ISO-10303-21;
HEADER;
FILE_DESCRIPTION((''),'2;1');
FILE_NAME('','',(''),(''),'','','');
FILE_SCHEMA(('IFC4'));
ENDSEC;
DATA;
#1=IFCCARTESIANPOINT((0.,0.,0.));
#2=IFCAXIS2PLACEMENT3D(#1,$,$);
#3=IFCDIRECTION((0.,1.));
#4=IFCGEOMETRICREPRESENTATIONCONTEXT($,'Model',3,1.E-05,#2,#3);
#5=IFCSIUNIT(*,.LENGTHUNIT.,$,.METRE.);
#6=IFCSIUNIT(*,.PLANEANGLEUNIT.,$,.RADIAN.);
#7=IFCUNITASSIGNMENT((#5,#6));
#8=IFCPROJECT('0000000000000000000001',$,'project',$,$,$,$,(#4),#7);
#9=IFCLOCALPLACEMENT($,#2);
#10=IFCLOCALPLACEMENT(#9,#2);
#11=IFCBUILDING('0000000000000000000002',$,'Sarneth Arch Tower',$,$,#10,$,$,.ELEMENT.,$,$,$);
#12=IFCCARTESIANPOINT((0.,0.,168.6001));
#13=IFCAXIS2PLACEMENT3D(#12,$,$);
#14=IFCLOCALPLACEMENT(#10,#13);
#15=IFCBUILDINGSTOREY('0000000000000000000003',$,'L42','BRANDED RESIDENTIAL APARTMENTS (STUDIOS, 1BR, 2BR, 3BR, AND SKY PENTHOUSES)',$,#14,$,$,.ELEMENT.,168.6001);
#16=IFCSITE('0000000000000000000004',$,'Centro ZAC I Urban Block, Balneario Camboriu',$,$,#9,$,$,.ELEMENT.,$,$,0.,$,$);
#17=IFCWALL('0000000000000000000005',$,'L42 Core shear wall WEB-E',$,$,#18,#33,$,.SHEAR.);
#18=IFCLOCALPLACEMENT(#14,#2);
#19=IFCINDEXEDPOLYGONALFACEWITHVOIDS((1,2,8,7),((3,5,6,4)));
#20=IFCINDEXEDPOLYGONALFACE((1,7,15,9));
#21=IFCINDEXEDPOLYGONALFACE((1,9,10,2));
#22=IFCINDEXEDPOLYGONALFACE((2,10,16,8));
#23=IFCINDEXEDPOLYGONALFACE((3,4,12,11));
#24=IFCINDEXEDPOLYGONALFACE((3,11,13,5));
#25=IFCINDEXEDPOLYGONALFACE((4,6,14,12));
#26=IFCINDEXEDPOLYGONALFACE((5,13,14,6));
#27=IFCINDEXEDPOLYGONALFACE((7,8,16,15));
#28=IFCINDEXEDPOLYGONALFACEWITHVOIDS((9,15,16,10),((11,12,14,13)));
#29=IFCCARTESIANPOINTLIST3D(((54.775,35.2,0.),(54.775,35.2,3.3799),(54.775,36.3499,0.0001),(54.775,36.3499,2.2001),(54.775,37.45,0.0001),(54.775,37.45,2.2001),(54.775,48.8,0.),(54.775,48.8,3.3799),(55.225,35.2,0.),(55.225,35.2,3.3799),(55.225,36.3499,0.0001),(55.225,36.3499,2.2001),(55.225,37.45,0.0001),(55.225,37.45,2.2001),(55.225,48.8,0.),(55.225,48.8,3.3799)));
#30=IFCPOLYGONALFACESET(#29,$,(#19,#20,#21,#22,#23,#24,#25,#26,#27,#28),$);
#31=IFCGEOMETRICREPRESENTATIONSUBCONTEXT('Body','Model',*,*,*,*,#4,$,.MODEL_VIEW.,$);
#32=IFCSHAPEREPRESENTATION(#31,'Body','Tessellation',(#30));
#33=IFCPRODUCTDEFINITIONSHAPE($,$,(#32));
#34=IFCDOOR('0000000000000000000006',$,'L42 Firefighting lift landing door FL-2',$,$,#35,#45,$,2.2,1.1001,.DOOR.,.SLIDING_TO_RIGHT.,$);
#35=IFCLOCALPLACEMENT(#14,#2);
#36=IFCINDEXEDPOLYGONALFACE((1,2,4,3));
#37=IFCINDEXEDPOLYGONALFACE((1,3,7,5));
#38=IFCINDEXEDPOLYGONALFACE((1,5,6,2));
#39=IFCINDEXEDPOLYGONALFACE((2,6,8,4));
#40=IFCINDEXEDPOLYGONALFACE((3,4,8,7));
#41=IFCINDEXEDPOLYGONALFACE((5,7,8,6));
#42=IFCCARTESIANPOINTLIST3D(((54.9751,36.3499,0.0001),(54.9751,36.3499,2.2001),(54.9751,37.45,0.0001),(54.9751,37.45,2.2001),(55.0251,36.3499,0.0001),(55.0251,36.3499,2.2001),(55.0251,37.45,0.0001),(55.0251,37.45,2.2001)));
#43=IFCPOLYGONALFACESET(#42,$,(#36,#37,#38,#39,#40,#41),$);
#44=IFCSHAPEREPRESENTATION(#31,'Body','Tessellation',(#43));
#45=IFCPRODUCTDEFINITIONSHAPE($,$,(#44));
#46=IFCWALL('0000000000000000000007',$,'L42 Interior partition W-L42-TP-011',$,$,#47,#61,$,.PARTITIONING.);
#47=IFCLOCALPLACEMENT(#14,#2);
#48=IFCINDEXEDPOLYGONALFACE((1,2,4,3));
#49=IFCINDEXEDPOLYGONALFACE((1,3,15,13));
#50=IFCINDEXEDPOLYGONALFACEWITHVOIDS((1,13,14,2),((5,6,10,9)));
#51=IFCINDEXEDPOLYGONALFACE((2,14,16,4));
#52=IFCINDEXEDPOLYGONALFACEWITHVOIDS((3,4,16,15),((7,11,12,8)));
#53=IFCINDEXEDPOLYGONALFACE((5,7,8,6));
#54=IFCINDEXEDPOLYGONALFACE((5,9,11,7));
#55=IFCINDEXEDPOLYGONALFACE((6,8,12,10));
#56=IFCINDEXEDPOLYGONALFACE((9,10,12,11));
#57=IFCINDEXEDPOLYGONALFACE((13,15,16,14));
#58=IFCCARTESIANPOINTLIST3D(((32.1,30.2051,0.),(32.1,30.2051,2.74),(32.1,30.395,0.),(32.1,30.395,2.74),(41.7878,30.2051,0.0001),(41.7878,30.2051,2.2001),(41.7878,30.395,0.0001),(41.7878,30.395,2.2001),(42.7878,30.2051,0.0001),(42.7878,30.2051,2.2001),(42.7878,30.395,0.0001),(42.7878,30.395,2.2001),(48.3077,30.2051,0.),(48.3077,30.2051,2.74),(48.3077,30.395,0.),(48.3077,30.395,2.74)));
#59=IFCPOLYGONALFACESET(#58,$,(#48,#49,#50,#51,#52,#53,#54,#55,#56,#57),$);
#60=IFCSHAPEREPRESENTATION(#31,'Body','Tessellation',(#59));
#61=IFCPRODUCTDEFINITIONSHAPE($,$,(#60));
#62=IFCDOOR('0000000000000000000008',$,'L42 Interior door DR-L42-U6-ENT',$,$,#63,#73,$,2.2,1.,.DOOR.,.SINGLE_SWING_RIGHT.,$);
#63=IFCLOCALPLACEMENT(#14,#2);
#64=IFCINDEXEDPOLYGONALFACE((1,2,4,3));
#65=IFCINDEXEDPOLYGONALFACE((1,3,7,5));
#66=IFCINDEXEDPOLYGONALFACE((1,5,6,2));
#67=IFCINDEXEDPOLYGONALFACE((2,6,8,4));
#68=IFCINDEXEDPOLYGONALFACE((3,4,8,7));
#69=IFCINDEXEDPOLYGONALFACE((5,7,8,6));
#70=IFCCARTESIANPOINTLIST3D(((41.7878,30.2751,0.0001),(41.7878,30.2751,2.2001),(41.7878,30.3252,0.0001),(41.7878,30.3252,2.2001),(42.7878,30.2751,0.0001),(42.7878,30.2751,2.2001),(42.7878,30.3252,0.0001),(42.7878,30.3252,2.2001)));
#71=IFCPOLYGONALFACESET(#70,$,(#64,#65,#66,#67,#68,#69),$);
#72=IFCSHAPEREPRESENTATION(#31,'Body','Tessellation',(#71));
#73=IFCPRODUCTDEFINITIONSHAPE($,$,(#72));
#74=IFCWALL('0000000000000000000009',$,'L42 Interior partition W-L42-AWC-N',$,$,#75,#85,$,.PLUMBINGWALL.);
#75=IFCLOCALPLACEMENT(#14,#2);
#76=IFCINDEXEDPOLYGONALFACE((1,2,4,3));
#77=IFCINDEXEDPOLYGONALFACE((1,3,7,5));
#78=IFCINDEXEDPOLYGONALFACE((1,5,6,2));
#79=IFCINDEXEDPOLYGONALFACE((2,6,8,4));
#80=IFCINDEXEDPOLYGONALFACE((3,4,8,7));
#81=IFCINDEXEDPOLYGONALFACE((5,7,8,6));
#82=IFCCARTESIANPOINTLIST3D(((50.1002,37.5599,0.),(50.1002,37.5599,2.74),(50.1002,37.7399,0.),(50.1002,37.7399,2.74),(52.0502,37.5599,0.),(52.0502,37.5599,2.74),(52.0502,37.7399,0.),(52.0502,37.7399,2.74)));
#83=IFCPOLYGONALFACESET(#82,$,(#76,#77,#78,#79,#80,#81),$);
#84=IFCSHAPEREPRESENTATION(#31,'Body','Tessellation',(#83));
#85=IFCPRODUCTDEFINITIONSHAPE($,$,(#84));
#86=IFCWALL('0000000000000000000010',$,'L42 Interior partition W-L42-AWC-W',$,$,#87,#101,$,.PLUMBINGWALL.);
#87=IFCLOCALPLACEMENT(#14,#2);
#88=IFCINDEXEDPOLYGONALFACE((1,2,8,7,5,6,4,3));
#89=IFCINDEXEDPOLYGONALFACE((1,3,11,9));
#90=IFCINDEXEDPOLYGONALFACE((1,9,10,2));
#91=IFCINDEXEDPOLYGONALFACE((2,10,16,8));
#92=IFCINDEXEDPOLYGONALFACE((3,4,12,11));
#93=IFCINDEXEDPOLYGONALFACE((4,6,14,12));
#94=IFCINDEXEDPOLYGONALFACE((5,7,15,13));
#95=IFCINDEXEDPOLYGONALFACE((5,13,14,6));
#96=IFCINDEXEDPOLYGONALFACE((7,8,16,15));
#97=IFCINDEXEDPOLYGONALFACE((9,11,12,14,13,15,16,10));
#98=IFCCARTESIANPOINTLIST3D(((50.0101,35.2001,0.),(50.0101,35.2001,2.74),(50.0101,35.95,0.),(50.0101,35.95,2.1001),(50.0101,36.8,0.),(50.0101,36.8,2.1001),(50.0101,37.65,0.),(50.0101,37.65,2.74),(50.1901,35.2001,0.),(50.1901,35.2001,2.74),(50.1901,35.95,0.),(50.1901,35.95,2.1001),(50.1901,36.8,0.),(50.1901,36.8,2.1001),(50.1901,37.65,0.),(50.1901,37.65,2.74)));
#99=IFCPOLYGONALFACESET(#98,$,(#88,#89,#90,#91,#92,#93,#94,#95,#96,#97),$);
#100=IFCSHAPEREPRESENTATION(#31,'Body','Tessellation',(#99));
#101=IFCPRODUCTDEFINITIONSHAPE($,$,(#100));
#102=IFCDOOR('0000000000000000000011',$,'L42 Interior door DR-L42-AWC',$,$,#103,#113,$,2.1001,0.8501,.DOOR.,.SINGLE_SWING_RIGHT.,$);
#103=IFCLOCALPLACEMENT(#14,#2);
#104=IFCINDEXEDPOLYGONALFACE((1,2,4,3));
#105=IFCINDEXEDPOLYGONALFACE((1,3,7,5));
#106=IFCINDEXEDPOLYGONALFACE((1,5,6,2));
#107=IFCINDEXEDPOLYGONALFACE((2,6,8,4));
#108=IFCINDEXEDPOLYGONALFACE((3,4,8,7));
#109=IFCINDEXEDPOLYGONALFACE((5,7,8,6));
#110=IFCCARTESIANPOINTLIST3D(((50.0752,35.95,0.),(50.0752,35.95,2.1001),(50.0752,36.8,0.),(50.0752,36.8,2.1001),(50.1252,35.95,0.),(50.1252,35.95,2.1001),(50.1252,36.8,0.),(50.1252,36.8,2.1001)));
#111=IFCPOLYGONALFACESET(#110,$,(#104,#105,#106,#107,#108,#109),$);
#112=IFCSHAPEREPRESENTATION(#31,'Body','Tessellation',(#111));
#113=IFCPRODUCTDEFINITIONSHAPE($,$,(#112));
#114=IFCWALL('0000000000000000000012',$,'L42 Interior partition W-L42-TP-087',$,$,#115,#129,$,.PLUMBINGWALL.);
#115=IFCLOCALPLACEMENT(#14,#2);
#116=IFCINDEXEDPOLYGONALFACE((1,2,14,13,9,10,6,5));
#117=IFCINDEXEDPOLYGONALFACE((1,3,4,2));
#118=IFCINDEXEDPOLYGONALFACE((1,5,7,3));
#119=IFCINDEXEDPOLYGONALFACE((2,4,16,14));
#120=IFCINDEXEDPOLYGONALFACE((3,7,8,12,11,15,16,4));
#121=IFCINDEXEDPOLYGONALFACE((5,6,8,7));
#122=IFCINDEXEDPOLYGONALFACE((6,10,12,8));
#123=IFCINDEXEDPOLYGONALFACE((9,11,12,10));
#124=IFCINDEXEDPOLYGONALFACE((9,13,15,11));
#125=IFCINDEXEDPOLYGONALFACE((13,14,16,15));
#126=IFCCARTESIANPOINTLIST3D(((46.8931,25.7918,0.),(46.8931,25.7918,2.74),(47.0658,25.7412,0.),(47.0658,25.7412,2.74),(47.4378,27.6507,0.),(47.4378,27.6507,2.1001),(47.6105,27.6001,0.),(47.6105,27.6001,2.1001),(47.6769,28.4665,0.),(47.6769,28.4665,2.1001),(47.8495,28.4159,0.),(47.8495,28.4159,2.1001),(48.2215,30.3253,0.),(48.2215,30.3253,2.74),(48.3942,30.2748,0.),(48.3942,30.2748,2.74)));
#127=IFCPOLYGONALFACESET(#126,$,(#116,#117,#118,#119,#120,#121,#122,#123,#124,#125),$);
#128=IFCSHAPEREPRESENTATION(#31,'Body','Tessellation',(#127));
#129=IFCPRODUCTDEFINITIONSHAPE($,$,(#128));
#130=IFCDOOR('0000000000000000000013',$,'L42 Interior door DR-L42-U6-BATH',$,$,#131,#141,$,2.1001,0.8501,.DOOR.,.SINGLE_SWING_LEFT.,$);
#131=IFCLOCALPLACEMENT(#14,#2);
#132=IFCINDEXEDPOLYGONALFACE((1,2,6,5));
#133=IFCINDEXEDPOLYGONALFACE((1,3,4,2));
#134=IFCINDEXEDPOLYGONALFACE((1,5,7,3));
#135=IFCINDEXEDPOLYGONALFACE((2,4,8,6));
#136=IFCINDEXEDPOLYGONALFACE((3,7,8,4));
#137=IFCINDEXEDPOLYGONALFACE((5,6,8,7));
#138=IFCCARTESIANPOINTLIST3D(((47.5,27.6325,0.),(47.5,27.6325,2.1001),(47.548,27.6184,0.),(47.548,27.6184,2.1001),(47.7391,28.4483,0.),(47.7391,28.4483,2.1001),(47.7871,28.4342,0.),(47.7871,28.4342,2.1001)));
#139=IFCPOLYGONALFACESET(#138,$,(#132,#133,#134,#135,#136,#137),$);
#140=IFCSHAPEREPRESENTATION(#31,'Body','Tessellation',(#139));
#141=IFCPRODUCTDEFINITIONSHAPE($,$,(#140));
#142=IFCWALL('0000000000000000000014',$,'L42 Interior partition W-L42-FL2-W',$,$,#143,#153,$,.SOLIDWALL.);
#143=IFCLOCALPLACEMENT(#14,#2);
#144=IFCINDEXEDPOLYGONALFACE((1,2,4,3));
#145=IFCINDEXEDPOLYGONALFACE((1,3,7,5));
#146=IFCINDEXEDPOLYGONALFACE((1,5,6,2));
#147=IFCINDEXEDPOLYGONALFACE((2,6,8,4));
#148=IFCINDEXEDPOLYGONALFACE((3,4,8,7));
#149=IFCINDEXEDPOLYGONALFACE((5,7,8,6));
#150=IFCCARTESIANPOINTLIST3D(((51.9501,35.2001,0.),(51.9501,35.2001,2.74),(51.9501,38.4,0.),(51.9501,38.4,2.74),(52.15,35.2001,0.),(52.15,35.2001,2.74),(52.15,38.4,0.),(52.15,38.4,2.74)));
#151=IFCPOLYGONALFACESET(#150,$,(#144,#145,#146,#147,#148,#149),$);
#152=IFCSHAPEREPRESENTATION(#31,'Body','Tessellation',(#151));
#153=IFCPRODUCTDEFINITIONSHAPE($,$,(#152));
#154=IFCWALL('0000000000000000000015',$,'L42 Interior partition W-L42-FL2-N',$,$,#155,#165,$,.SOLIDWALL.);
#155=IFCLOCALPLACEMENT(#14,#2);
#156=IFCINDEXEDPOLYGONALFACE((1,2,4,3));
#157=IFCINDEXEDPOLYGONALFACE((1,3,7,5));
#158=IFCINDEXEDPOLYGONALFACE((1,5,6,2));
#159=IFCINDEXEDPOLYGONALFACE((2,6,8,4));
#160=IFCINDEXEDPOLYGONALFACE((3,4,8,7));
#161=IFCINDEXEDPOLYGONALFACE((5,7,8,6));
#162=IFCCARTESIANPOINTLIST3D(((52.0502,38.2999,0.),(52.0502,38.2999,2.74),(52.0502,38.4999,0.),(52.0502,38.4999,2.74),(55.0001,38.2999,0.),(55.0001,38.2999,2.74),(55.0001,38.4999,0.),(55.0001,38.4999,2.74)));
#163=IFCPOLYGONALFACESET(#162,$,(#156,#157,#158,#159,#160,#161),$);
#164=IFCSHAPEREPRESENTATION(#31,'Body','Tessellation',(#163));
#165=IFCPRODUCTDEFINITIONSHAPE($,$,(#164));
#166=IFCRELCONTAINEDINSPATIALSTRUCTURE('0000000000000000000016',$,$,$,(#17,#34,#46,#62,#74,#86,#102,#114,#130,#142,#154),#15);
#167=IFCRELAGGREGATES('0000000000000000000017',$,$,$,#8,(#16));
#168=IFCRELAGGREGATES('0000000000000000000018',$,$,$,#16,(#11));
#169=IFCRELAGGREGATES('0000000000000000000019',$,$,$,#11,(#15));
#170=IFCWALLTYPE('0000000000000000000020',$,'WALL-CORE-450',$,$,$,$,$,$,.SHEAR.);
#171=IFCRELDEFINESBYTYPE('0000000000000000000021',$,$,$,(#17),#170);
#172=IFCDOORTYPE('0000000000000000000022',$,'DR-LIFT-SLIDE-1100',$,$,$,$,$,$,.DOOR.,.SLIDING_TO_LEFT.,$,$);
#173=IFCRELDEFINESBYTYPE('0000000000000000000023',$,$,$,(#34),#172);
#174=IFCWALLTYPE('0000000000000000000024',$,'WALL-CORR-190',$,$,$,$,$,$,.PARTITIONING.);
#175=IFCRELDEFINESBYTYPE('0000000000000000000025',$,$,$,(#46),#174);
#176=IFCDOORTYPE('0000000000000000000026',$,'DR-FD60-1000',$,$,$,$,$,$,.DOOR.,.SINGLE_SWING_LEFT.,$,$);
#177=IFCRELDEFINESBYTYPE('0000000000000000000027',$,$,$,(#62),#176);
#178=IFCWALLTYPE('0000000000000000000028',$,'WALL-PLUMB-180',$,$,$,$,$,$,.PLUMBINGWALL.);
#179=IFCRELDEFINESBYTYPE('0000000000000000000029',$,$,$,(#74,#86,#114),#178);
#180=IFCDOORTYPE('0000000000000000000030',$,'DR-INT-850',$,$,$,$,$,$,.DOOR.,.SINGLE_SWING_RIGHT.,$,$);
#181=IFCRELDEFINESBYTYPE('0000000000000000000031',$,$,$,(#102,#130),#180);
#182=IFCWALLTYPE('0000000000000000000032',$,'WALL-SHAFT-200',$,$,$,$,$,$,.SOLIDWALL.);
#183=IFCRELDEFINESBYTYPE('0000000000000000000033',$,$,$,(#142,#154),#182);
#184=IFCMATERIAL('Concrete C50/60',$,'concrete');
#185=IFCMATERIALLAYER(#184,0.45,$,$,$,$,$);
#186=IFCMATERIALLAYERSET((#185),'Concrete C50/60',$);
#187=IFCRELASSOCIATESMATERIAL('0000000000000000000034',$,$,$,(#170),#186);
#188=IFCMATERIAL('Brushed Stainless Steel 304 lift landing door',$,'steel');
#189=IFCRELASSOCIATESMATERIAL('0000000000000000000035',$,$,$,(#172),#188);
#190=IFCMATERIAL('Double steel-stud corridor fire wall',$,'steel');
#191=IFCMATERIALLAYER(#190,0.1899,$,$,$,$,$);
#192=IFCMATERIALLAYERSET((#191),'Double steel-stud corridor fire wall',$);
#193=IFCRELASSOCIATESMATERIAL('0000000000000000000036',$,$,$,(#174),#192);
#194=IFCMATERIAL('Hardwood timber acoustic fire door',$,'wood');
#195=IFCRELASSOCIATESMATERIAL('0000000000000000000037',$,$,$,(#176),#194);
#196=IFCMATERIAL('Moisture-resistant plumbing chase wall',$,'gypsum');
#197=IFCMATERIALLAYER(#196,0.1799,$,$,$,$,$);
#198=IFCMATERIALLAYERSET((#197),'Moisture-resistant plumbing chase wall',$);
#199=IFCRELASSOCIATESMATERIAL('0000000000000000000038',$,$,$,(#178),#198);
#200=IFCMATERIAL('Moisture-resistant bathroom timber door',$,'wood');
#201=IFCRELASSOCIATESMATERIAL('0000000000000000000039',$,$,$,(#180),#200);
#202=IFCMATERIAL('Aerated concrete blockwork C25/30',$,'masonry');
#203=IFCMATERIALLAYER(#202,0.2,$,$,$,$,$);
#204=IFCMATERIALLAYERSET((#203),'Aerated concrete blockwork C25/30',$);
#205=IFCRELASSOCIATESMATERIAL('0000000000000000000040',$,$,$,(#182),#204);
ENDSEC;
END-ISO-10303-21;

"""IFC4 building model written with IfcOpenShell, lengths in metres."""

from ifc_helpers import new_model, si_unit, direction, frame, frame_2d, origin, place, context, subcontext, project, spatial, rectangle, extrude, material, layer, layer_set, type_object, element, fill, save


model = new_model("IFC4")

# Units and contexts
model_context = context("Model", 3, precision=1e-05, world=origin(), true_north=direction((0.0, 1.0)))
body_context = subcontext(model_context, "Body", "Model", "MODEL_VIEW")
ifc_project = project(units=[si_unit("LENGTHUNIT", "METRE"), si_unit("PLANEANGLEUNIT", "RADIAN")], contexts=[model_context])

# Site, building, storey
site_placement = place(None, origin())
site = spatial("IfcSite", under=ifc_project, at=site_placement, Name="Centro ZAC I Urban Block, Balneario Camboriu", CompositionType="ELEMENT", RefElevation=0.0)
building_placement = place(site_placement, origin())
building = spatial("IfcBuilding", under=site, at=building_placement, Name="Sarneth Arch Tower", CompositionType="ELEMENT")
storey_placement = place(building_placement, frame((0.0, 0.0, 168.6001)))
storey = spatial("IfcBuildingStorey", under=building, at=storey_placement, Name="L42", Description="BRANDED RESIDENTIAL APARTMENTS (STUDIOS, 1BR, 2BR, 3BR, AND SKY PENTHOUSES)", CompositionType="ELEMENT", Elevation=168.6001)

# Shared definitions
ifc_material_1 = material(Name="Concrete C50/60", Category="concrete")
ifc_layer_1 = layer(ifc_material_1, 0.45)
ifc_layer_set_1 = layer_set([ifc_layer_1], Name="Concrete C50/60")
wall_type_1 = type_object("IfcWallType", Name="WALL-CORE-450", PredefinedType="SHEAR", material=ifc_layer_set_1)

# Walls, openings, doors
wall_1_placement = place(storey_placement, frame((55.0, 35.2, 0.0), z_axis=(0.0, 0.0, 1.0), x_axis=(0.0, 1.0, 0.0)))
wall_1 = element("IfcWall", 1, at=wall_1_placement, inside=storey, type_object=wall_type_1, Name="L42 Core shear wall WEB-E", PredefinedType="SHEAR", context=body_context, shape_type="SweptSolid", body=[
    extrude(rectangle(XDim=13.6001, YDim=0.45, at=frame_2d((6.8, 0.0))), origin(), (0.0, 0.0, 1.0), 3.3799),
])
opening_1_placement = place(wall_1_placement, frame((1.1499, 0.0, 0.0)))
opening_1 = element("IfcOpeningElement", 2, at=opening_1_placement, cuts=wall_1, PredefinedType="OPENING", context=body_context, shape_type="SweptSolid", body=[
    extrude(rectangle(XDim=1.1001, YDim=2.2, at=frame_2d((0.55, 1.1001))), frame((0.0, 0.2349, 0.0), z_axis=(0.0, -1.0, 0.0), x_axis=(1.0, 0.0, 0.0)), (0.0, 0.0, 1.0), 0.47),
])
ifc_material_2 = material(Name="Brushed Stainless Steel 304 lift landing door", Category="steel")
door_type_1 = type_object("IfcDoorType", Name="DR-LIFT-SLIDE-1100", OperationType="SLIDING_TO_LEFT", PredefinedType="DOOR", material=ifc_material_2)
door_1_placement = place(opening_1_placement, origin())
door_1 = element("IfcDoor", 3, at=door_1_placement, inside=storey, type_object=door_type_1, Name="L42 Firefighting lift landing door FL-2", OperationType="SLIDING_TO_RIGHT", OverallHeight=2.2, OverallWidth=1.1001, PredefinedType="DOOR", context=body_context, shape_type="SweptSolid", body=[
    extrude(rectangle(XDim=1.1001, YDim=2.2, at=frame_2d((0.55, 1.1001))), frame((0.0, 0.0249, 0.0), z_axis=(0.0, -1.0, 0.0), x_axis=(1.0, 0.0, 0.0)), (0.0, 0.0, 1.0), 0.05),
])
fill(opening_1, door_1)
ifc_material_3 = material(Name="Double steel-stud corridor fire wall", Category="steel")
ifc_layer_2 = layer(ifc_material_3, 0.1899)
ifc_layer_set_2 = layer_set([ifc_layer_2], Name="Double steel-stud corridor fire wall")
wall_type_2 = type_object("IfcWallType", Name="WALL-CORR-190", PredefinedType="PARTITIONING", material=ifc_layer_set_2)
wall_2_placement = place(storey_placement, frame((48.3079, 30.3, 0.0), z_axis=(0.0, 0.0, 1.0), x_axis=(-1.0, 0.0, 0.0)))
wall_2 = element("IfcWall", 4, at=wall_2_placement, inside=storey, type_object=wall_type_2, Name="L42 Interior partition W-L42-TP-011", PredefinedType="PARTITIONING", context=body_context, shape_type="SweptSolid", body=[
    extrude(rectangle(XDim=16.2078, YDim=0.1899, at=frame_2d((8.104, 0.0))), origin(), (0.0, 0.0, 1.0), 2.74),
])
opening_2_placement = place(wall_2_placement, frame((5.52, 0.0, 0.0)))
opening_2 = element("IfcOpeningElement", 5, at=opening_2_placement, cuts=wall_2, PredefinedType="OPENING", context=body_context, shape_type="SweptSolid", body=[
    extrude(rectangle(XDim=1.0, YDim=2.2, at=frame_2d((0.5, 1.1001))), frame((0.0, 0.105, 0.0), z_axis=(0.0, -1.0, 0.0), x_axis=(1.0, 0.0, 0.0)), (0.0, 0.0, 1.0), 0.21),
])
ifc_material_4 = material(Name="Hardwood timber acoustic fire door", Category="wood")
door_type_2 = type_object("IfcDoorType", Name="DR-FD60-1000", OperationType="SINGLE_SWING_LEFT", PredefinedType="DOOR", material=ifc_material_4)
door_2_placement = place(opening_2_placement, origin())
door_2 = element("IfcDoor", 6, at=door_2_placement, inside=storey, type_object=door_type_2, Name="L42 Interior door DR-L42-U6-ENT", OperationType="SINGLE_SWING_RIGHT", OverallHeight=2.2, OverallWidth=1.0, PredefinedType="DOOR", context=body_context, shape_type="SweptSolid", body=[
    extrude(rectangle(XDim=1.0, YDim=2.2, at=frame_2d((0.5, 1.1001))), frame((0.0, 0.0249, 0.0), z_axis=(0.0, -1.0, 0.0), x_axis=(1.0, 0.0, 0.0)), (0.0, 0.0, 1.0), 0.05),
])
fill(opening_2, door_2)

# Wall
ifc_material_5 = material(Name="Moisture-resistant plumbing chase wall", Category="gypsum")
ifc_layer_3 = layer(ifc_material_5, 0.1799)
ifc_layer_set_3 = layer_set([ifc_layer_3], Name="Moisture-resistant plumbing chase wall")
wall_type_3 = type_object("IfcWallType", Name="WALL-PLUMB-180", PredefinedType="PLUMBINGWALL", material=ifc_layer_set_3)
wall_3_placement = place(storey_placement, frame((50.1001, 37.6499, 0.0), z_axis=(0.0, 0.0, 1.0), x_axis=(1.0, 0.0, 0.0)))
element("IfcWall", 7, at=wall_3_placement, inside=storey, type_object=wall_type_3, Name="L42 Interior partition W-L42-AWC-N", PredefinedType="PLUMBINGWALL", context=body_context, shape_type="SweptSolid", body=[
    extrude(rectangle(XDim=1.95, YDim=0.1799, at=frame_2d((0.9751, 0.0))), origin(), (0.0, 0.0, 1.0), 2.74),
])

# Walls, openings, doors
wall_4_placement = place(storey_placement, frame((50.1001, 35.2, 0.0), z_axis=(0.0, 0.0, 1.0), x_axis=(0.0, 1.0, 0.0)))
wall_4 = element("IfcWall", 8, at=wall_4_placement, inside=storey, type_object=wall_type_3, Name="L42 Interior partition W-L42-AWC-W", PredefinedType="PLUMBINGWALL", context=body_context, shape_type="SweptSolid", body=[
    extrude(rectangle(XDim=2.45, YDim=0.1799, at=frame_2d((1.2251, 0.0))), origin(), (0.0, 0.0, 1.0), 2.74),
])
opening_3_placement = place(wall_4_placement, frame((0.75, 0.0, 0.0)))
opening_3 = element("IfcOpeningElement", 9, at=opening_3_placement, cuts=wall_4, PredefinedType="OPENING", context=body_context, shape_type="SweptSolid", body=[
    extrude(rectangle(XDim=0.8501, YDim=2.1001, at=frame_2d((0.425, 1.05))), frame((0.0, 0.0999, 0.0), z_axis=(0.0, -1.0, 0.0), x_axis=(1.0, 0.0, 0.0)), (0.0, 0.0, 1.0), 0.2),
])
ifc_material_6 = material(Name="Moisture-resistant bathroom timber door", Category="wood")
door_type_3 = type_object("IfcDoorType", Name="DR-INT-850", OperationType="SINGLE_SWING_RIGHT", PredefinedType="DOOR", material=ifc_material_6)
door_3_placement = place(opening_3_placement, origin())
door_3 = element("IfcDoor", 10, at=door_3_placement, inside=storey, type_object=door_type_3, Name="L42 Interior door DR-L42-AWC", OperationType="SINGLE_SWING_RIGHT", OverallHeight=2.1001, OverallWidth=0.8501, PredefinedType="DOOR", context=body_context, shape_type="SweptSolid", body=[
    extrude(rectangle(XDim=0.8501, YDim=2.1001, at=frame_2d((0.425, 1.05))), frame((0.0, 0.0249, 0.0), z_axis=(0.0, -1.0, 0.0), x_axis=(1.0, 0.0, 0.0)), (0.0, 0.0, 1.0), 0.05),
])
fill(opening_3, door_3)
wall_5_placement = place(storey_placement, frame((48.3079, 30.3, 0.0), z_axis=(0.0, 0.0, 1.0), x_axis=(-0.281192, -0.959651, 0.0)))
wall_5 = element("IfcWall", 11, at=wall_5_placement, inside=storey, type_object=wall_type_3, Name="L42 Interior partition W-L42-TP-087", PredefinedType="PLUMBINGWALL", context=body_context, shape_type="SweptSolid", body=[
    extrude(rectangle(XDim=4.7241, YDim=0.1799, at=frame_2d((2.3621, 0.0))), origin(), (0.0, 0.0, 1.0), 2.74),
])
opening_4_placement = place(wall_5_placement, frame((1.937, 0.0, 0.0)))
opening_4 = element("IfcOpeningElement", 12, at=opening_4_placement, cuts=wall_5, PredefinedType="OPENING", context=body_context, shape_type="SweptSolid", body=[
    extrude(rectangle(XDim=0.8501, YDim=2.1001, at=frame_2d((0.425, 1.05))), frame((0.0, 0.0999, 0.0), z_axis=(0.0, -1.0, 0.0), x_axis=(1.0, 0.0, 0.0)), (0.0, 0.0, 1.0), 0.2),
])
door_4_placement = place(opening_4_placement, origin())
door_4 = element("IfcDoor", 13, at=door_4_placement, inside=storey, type_object=door_type_3, Name="L42 Interior door DR-L42-U6-BATH", OperationType="SINGLE_SWING_LEFT", OverallHeight=2.1001, OverallWidth=0.8501, PredefinedType="DOOR", context=body_context, shape_type="SweptSolid", body=[
    extrude(rectangle(XDim=0.8501, YDim=2.1001, at=frame_2d((0.425, 1.05))), frame((0.0, 0.0249, 0.0), z_axis=(0.0, -1.0, 0.0), x_axis=(1.0, 0.0, 0.0)), (0.0, 0.0, 1.0), 0.05),
])
fill(opening_4, door_4)
ifc_material_7 = material(Name="Aerated concrete blockwork C25/30", Category="masonry")
ifc_layer_4 = layer(ifc_material_7, 0.2)
ifc_layer_set_4 = layer_set([ifc_layer_4], Name="Aerated concrete blockwork C25/30")
wall_type_4 = type_object("IfcWallType", Name="WALL-SHAFT-200", PredefinedType="SOLIDWALL", material=ifc_layer_set_4)

# Walls
wall_6_placement = place(storey_placement, frame((52.05, 35.2, 0.0), z_axis=(0.0, 0.0, 1.0), x_axis=(0.0, 1.0, 0.0)))
element("IfcWall", 14, at=wall_6_placement, inside=storey, type_object=wall_type_4, Name="L42 Interior partition W-L42-FL2-W", PredefinedType="SOLIDWALL", context=body_context, shape_type="SweptSolid", body=[
    extrude(rectangle(XDim=3.2, YDim=0.2, at=frame_2d((1.6001, 0.0))), origin(), (0.0, 0.0, 1.0), 2.74),
])
wall_7_placement = place(storey_placement, frame((52.05, 38.3999, 0.0), z_axis=(0.0, 0.0, 1.0), x_axis=(1.0, 0.0, 0.0)))
element("IfcWall", 15, at=wall_7_placement, inside=storey, type_object=wall_type_4, Name="L42 Interior partition W-L42-FL2-N", PredefinedType="SOLIDWALL", context=body_context, shape_type="SweptSolid", body=[
    extrude(rectangle(XDim=2.95, YDim=0.2, at=frame_2d((1.4751, 0.0))), origin(), (0.0, 0.0, 1.0), 2.74),
])

save(model, "model.ifc")
